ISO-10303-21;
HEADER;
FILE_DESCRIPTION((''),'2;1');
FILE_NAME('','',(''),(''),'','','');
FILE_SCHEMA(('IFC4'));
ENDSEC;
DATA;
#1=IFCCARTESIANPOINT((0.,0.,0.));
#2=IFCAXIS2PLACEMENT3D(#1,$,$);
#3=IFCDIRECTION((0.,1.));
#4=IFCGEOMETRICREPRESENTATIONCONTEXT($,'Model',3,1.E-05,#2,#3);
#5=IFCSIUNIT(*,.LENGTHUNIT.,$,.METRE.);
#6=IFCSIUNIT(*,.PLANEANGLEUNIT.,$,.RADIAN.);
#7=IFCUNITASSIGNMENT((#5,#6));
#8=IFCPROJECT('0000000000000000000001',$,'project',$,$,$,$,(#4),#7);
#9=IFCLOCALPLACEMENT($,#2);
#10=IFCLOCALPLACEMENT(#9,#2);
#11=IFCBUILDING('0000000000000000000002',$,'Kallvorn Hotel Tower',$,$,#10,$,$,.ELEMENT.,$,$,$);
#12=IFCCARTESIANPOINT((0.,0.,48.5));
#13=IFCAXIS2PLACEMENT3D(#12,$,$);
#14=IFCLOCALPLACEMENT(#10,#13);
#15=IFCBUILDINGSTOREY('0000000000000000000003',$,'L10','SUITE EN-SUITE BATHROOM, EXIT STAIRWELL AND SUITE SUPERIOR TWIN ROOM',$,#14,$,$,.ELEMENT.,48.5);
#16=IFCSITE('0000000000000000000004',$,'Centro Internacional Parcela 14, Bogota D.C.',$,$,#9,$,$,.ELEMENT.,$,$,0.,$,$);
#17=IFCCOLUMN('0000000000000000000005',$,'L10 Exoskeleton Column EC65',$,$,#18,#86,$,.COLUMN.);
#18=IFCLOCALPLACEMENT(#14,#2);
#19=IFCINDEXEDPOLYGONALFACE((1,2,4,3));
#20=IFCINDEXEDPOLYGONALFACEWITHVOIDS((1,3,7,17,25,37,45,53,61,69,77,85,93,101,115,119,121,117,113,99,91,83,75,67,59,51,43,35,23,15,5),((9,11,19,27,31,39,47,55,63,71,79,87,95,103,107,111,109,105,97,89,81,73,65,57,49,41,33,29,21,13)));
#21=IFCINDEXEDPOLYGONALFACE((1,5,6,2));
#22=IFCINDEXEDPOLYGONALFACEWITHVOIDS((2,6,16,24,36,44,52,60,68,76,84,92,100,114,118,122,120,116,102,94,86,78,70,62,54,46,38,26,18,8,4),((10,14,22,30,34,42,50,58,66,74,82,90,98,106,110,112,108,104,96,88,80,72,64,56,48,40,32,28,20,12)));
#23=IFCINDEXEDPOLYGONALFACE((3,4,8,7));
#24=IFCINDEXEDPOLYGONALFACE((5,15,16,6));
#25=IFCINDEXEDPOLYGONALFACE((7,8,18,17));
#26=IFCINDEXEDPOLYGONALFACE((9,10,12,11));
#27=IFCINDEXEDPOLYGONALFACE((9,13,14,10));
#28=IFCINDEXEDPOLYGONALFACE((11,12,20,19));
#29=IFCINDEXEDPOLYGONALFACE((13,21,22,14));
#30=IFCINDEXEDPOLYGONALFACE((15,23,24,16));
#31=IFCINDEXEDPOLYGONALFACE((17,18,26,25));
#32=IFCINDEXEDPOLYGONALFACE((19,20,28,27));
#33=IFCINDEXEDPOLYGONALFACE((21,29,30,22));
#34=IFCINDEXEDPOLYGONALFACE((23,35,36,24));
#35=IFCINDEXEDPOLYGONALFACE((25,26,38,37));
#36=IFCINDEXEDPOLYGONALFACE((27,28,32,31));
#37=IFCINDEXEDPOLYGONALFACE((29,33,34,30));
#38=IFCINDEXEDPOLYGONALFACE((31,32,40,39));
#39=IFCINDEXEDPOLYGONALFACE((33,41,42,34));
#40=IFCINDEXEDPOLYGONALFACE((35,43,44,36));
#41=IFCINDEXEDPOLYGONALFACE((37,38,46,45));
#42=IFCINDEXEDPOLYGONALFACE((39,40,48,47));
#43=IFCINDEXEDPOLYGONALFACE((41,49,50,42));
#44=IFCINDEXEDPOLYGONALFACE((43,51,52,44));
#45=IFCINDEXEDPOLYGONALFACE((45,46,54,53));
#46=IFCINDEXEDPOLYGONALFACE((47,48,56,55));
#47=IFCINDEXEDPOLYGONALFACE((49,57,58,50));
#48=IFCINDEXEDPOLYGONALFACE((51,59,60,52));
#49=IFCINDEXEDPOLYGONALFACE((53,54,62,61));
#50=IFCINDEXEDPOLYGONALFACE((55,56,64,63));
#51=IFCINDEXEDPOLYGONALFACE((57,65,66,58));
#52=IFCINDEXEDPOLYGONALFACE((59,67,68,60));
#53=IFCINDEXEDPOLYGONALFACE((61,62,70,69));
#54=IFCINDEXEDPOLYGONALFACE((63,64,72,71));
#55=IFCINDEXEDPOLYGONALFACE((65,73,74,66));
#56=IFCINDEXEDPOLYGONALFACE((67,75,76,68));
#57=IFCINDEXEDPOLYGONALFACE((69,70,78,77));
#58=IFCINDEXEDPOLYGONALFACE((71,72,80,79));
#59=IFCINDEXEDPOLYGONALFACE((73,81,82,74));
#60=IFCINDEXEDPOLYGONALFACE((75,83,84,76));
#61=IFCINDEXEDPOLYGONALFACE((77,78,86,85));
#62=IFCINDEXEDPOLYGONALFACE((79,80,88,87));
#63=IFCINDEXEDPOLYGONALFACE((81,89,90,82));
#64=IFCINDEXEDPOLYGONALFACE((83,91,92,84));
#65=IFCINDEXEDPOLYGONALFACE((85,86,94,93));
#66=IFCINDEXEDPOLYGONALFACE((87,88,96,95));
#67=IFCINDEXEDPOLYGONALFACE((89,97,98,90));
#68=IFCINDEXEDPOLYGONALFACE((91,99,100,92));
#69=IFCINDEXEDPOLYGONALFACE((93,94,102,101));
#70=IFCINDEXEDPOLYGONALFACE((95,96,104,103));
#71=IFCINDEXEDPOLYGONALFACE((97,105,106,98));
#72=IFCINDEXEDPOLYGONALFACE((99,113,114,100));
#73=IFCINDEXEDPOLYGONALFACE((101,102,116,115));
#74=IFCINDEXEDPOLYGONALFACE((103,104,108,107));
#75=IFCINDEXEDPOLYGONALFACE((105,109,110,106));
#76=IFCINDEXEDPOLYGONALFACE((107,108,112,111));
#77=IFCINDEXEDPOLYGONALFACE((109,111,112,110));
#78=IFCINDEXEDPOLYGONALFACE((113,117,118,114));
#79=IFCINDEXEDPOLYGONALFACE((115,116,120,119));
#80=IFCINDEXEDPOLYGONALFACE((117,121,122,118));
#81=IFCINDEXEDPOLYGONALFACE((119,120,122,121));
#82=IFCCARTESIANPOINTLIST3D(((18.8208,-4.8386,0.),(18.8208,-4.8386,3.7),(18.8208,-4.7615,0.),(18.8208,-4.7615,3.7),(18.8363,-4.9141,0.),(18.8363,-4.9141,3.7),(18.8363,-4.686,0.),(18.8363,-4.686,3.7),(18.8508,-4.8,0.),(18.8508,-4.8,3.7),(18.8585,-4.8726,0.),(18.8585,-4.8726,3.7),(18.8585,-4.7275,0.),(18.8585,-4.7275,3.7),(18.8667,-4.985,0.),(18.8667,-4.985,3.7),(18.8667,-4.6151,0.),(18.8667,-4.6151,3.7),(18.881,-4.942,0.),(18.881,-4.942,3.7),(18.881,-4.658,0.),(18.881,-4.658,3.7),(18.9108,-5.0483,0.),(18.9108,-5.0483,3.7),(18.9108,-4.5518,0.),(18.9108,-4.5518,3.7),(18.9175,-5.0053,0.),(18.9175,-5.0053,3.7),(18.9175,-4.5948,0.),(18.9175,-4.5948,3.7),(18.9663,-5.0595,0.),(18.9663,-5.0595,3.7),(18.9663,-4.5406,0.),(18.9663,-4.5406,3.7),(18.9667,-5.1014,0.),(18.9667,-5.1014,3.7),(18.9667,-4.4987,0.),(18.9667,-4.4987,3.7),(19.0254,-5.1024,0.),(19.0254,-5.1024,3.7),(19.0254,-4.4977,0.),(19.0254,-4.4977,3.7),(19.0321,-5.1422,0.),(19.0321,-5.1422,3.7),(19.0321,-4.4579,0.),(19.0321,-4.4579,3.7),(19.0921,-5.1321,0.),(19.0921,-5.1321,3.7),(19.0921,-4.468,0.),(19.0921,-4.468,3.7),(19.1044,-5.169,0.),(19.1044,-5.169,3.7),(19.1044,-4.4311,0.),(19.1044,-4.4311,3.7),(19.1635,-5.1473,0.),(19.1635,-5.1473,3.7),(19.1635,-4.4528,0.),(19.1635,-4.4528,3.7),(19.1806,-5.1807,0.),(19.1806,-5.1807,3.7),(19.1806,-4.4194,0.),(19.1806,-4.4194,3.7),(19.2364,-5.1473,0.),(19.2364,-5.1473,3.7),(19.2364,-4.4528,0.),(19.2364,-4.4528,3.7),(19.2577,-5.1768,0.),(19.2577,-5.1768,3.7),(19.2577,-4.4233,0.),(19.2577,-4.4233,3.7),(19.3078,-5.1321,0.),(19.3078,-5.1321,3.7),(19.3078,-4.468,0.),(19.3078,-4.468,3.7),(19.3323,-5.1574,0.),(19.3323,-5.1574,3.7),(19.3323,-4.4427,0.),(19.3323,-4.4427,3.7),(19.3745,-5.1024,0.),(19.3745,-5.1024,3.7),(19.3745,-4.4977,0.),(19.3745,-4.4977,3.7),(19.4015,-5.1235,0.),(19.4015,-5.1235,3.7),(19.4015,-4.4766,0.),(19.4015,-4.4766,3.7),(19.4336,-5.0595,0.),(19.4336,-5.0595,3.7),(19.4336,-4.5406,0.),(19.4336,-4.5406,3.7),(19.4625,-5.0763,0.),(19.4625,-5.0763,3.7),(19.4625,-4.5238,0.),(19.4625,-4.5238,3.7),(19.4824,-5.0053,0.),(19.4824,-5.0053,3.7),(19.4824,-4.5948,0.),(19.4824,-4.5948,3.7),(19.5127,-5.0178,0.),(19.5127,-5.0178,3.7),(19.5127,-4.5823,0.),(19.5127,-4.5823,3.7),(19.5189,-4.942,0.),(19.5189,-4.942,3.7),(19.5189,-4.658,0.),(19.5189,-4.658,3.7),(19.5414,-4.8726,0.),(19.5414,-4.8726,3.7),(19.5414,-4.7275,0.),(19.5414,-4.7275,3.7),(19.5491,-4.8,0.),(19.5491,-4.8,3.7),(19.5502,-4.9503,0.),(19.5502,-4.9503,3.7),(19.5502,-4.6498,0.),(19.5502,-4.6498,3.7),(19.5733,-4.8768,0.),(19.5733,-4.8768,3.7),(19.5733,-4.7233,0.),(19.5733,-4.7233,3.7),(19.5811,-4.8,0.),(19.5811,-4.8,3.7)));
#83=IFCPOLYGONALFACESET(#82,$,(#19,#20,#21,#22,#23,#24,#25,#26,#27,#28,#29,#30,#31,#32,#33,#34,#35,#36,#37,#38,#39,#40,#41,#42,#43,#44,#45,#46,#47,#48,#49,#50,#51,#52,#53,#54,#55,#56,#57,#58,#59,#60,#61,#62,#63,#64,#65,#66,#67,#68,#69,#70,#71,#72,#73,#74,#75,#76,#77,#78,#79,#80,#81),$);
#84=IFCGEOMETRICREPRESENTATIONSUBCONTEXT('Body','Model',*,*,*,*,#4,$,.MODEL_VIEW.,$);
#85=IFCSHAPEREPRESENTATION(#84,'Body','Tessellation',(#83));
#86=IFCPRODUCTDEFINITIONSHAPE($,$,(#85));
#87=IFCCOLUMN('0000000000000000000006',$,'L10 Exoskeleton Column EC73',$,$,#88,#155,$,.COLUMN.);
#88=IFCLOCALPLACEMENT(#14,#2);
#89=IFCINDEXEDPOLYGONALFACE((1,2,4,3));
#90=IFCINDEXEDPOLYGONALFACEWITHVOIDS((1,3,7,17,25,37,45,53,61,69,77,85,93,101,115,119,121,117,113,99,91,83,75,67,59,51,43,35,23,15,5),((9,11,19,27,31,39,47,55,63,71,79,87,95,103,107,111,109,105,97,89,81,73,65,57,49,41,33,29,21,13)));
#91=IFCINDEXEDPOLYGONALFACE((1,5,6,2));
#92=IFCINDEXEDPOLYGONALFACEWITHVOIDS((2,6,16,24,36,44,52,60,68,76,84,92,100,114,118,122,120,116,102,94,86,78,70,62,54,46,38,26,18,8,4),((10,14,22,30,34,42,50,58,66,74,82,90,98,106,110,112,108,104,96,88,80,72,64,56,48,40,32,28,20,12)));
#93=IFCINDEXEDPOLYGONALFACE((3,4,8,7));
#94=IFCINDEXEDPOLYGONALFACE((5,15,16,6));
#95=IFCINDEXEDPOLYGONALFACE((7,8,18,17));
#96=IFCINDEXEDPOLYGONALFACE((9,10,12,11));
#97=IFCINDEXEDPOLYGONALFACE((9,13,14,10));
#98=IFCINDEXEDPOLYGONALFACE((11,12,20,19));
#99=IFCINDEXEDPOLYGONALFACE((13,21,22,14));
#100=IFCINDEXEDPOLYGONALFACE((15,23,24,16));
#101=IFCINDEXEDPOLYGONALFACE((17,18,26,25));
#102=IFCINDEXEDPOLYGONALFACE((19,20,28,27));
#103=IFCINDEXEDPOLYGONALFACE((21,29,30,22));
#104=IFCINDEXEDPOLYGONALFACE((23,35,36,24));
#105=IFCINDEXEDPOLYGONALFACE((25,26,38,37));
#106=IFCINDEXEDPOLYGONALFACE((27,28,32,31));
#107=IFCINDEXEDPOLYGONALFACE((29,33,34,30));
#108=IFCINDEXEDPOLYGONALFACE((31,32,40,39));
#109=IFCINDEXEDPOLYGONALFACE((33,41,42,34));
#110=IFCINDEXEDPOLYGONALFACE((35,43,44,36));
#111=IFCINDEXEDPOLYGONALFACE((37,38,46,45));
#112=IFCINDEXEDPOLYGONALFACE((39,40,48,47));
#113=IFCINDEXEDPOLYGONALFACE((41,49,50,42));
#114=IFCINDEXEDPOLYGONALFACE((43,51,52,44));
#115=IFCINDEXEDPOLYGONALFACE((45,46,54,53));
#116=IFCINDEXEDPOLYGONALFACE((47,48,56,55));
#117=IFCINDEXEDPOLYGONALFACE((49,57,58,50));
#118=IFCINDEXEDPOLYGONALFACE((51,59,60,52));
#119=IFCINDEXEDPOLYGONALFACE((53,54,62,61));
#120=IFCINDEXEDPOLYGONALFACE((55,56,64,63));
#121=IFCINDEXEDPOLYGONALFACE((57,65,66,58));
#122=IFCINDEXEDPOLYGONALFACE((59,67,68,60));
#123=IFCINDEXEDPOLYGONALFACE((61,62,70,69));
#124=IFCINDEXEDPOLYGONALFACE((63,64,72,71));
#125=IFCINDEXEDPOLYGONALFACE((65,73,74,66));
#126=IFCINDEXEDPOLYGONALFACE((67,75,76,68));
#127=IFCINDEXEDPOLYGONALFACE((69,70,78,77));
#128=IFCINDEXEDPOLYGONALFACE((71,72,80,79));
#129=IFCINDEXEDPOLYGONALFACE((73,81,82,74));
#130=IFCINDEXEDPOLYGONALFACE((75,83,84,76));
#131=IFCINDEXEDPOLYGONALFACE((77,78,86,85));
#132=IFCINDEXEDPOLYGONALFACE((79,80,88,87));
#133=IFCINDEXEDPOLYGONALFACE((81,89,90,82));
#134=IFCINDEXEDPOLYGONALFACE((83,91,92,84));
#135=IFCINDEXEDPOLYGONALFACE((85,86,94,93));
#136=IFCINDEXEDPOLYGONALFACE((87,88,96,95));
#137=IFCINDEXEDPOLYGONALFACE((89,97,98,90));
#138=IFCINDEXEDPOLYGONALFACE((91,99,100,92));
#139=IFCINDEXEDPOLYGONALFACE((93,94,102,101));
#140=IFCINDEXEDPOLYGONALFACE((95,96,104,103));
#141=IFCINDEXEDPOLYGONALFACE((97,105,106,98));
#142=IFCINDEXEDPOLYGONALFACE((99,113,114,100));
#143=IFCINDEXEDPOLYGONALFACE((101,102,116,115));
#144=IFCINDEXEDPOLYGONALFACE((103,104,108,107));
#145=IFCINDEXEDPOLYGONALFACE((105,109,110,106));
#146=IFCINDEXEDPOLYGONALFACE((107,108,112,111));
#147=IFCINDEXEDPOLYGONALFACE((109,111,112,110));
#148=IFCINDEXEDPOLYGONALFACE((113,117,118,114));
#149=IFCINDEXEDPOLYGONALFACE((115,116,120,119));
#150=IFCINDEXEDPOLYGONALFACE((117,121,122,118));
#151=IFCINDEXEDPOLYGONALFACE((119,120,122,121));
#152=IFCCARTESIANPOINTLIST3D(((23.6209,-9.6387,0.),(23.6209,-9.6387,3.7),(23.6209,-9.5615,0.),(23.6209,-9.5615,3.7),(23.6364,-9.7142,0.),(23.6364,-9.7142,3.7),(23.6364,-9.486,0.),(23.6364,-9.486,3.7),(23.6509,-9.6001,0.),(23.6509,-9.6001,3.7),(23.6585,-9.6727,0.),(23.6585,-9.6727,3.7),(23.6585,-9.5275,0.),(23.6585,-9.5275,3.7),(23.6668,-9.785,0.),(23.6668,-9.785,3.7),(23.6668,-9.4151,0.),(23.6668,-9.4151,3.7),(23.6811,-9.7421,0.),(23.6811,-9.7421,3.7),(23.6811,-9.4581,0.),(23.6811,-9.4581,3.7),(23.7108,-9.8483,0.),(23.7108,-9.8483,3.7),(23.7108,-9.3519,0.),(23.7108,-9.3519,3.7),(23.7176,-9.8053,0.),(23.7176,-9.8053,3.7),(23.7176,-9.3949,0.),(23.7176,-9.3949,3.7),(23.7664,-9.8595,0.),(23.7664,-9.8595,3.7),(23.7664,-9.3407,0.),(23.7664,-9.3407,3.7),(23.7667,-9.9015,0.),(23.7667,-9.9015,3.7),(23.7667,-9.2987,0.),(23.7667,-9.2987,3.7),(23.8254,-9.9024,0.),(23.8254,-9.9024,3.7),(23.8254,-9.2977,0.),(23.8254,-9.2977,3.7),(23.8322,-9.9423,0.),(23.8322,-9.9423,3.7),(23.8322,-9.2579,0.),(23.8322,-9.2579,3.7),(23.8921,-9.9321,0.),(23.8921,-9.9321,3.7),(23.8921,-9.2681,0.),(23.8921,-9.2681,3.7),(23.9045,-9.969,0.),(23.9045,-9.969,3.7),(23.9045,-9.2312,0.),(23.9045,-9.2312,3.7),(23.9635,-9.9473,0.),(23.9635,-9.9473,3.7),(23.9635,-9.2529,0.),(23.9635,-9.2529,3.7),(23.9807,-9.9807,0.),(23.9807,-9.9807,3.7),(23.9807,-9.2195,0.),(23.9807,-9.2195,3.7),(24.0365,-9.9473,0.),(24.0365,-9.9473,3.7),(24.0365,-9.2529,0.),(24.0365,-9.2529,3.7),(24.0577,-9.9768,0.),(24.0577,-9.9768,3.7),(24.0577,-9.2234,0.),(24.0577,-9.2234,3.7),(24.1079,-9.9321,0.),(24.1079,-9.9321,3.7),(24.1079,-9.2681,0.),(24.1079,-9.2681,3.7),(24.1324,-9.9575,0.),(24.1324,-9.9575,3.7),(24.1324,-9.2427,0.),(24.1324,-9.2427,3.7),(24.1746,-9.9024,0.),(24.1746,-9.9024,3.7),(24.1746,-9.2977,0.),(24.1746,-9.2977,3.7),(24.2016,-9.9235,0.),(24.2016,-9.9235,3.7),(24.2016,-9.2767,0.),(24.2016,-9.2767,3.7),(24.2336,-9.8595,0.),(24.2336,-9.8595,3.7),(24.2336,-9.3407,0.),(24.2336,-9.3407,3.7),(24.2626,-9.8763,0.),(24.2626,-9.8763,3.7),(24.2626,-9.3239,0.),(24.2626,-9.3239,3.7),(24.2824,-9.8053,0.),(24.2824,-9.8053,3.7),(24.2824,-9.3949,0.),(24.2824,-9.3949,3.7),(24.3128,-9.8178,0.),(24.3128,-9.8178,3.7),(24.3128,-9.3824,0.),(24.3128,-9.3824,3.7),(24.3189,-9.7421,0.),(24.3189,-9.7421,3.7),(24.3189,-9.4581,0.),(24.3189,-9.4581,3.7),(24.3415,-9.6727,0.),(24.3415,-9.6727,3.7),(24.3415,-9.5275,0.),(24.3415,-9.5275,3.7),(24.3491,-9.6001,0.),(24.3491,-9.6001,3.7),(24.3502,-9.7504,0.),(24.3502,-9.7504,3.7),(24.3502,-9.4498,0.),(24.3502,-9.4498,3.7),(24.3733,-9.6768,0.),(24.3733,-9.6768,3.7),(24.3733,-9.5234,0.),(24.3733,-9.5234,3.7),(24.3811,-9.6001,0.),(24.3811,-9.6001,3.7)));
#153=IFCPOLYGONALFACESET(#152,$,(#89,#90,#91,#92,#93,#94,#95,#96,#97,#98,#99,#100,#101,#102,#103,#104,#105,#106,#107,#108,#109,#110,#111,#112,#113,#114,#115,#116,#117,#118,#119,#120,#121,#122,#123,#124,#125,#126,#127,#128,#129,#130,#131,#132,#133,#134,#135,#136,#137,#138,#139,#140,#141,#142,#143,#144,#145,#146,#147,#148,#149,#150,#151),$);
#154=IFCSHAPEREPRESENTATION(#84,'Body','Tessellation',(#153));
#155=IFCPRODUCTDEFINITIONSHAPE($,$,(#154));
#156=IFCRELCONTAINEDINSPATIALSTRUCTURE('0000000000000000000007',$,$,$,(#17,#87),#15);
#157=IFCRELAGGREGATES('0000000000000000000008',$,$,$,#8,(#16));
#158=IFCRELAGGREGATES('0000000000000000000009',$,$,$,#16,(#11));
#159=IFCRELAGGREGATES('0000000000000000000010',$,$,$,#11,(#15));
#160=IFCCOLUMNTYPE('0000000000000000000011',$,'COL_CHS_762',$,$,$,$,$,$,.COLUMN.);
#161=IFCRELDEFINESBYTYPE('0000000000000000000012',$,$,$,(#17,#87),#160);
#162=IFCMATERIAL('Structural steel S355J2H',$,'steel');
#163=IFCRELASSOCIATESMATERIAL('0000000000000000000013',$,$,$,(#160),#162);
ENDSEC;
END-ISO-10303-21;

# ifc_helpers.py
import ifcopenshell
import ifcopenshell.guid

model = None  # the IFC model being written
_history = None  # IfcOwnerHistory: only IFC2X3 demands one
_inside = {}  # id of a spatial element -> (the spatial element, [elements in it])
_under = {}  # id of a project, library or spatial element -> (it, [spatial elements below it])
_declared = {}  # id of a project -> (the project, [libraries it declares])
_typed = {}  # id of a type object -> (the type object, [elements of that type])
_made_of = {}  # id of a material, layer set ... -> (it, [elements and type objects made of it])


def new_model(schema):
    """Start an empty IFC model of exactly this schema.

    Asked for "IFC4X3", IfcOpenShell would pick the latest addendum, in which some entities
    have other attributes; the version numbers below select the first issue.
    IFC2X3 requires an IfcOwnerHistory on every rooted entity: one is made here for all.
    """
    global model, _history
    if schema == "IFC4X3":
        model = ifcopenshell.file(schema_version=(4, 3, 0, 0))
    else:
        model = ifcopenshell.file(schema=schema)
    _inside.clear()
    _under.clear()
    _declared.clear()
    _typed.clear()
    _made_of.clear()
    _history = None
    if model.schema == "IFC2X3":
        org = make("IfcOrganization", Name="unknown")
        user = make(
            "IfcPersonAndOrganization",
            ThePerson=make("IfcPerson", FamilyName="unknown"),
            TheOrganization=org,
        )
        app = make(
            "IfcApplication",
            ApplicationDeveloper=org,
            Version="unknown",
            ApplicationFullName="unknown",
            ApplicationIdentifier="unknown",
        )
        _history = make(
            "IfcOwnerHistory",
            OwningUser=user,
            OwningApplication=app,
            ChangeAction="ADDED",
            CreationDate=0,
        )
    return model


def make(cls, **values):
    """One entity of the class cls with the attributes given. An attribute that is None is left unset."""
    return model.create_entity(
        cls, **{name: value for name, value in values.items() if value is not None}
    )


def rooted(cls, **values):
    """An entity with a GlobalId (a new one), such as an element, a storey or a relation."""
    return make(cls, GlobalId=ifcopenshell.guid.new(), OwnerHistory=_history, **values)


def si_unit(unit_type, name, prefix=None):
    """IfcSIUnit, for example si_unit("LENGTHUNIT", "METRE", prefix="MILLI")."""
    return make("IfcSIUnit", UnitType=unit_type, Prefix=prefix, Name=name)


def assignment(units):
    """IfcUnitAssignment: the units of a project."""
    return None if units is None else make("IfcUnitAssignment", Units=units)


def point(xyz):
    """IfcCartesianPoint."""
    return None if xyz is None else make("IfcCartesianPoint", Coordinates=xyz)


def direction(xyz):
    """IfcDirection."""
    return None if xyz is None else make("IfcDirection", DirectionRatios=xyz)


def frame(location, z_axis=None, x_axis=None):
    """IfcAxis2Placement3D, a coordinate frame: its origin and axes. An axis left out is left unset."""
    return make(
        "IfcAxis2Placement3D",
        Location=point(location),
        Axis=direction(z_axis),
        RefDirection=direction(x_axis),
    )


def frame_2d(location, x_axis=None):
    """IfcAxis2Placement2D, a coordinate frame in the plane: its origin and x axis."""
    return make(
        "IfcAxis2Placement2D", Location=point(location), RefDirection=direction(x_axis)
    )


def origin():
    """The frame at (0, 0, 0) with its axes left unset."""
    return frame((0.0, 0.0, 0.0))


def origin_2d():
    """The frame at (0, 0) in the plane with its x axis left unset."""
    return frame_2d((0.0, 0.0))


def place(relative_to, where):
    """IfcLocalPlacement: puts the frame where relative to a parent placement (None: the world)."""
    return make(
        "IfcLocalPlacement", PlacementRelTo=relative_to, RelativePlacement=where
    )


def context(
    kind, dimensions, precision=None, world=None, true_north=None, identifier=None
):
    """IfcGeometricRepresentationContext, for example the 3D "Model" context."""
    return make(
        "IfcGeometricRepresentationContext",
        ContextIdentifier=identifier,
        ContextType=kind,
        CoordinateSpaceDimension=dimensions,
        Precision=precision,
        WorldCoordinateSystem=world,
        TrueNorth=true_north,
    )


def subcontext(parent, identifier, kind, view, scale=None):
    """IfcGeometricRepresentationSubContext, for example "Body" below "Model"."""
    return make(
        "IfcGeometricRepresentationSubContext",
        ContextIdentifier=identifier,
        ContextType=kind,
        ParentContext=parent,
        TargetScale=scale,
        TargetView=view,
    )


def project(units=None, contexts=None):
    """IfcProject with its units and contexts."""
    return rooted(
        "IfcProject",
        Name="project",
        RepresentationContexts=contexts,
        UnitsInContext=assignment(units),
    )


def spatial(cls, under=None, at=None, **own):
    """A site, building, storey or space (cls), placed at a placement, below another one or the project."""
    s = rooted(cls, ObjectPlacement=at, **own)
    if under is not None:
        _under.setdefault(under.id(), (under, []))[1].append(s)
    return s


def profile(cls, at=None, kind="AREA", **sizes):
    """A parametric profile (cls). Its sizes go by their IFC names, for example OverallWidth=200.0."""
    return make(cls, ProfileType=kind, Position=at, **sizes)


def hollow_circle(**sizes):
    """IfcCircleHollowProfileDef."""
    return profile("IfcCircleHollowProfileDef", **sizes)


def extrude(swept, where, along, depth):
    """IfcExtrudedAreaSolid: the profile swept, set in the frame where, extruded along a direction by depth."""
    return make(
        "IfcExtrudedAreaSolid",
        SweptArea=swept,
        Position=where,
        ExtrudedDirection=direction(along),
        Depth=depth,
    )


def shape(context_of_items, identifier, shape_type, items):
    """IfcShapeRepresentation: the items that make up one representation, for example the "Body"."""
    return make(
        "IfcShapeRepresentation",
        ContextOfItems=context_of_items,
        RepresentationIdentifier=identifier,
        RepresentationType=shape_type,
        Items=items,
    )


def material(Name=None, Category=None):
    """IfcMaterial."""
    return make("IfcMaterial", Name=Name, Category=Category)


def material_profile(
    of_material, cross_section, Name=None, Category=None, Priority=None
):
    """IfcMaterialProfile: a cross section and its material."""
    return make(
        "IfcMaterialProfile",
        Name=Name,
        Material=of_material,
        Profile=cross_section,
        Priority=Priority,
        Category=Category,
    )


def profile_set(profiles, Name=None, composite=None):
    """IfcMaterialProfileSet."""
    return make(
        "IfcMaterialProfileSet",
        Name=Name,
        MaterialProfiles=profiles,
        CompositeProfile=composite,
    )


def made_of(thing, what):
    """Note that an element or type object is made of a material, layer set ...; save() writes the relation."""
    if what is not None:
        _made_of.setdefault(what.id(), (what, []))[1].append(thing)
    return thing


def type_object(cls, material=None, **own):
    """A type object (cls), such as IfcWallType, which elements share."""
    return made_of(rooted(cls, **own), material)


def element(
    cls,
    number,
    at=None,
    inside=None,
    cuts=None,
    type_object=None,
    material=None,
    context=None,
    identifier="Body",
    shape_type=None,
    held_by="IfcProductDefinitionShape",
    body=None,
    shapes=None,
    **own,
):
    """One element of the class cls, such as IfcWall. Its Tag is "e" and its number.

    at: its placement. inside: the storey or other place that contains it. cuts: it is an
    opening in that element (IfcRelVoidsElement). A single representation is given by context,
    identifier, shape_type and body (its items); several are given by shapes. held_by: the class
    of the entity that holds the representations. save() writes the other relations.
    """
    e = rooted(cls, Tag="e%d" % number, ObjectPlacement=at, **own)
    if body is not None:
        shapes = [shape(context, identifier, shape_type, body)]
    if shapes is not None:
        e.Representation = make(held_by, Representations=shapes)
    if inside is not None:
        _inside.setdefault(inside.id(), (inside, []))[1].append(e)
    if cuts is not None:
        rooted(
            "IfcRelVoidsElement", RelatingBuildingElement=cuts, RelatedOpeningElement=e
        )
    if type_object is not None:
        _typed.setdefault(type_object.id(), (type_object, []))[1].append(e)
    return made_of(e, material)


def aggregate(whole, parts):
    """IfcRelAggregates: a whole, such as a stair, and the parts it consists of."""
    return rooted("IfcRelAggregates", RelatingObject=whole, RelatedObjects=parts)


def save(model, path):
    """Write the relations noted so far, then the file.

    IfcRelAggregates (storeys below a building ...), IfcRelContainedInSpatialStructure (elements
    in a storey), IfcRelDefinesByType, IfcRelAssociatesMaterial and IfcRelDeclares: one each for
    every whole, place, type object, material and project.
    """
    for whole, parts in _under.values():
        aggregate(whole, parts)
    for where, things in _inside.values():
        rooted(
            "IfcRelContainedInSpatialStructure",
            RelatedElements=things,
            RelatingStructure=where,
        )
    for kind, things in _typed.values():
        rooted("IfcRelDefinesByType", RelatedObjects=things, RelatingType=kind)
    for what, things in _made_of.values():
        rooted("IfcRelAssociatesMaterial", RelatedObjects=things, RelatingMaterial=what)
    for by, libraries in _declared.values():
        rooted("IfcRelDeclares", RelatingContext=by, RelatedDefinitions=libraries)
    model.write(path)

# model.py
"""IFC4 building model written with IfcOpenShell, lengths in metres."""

from ifc_helpers import new_model, si_unit, direction, frame, origin, origin_2d, place, context, subcontext, project, spatial, hollow_circle, extrude, material, material_profile, profile_set, type_object, element, save


model = new_model("IFC4")

# Units and contexts
model_context = context("Model", 3, precision=1e-05, world=origin(), true_north=direction((0.0, 1.0)))
body_context = subcontext(model_context, "Body", "Model", "MODEL_VIEW")
ifc_project = project(units=[si_unit("LENGTHUNIT", "METRE"), si_unit("PLANEANGLEUNIT", "RADIAN")], contexts=[model_context])

# Site, building, storey
site_placement = place(None, origin())
site = spatial("IfcSite", under=ifc_project, at=site_placement, Name="Centro Internacional Parcela 14, Bogota D.C.", CompositionType="ELEMENT", RefElevation=0.0)
building_placement = place(site_placement, origin())
building = spatial("IfcBuilding", under=site, at=building_placement, Name="Kallvorn Hotel Tower", CompositionType="ELEMENT")
storey_placement = place(building_placement, frame((0.0, 0.0, 48.5)))
storey = spatial("IfcBuildingStorey", under=building, at=storey_placement, Name="L10", Description="SUITE EN-SUITE BATHROOM, EXIT STAIRWELL AND SUITE SUPERIOR TWIN ROOM", CompositionType="ELEMENT", Elevation=48.5)

# Columns
ifc_material_1 = material(Name="Structural steel S355J2H", Category="steel")
ifc_material_profile_1 = material_profile(ifc_material_1, hollow_circle(Radius=0.3811, WallThickness=0.032, at=origin_2d()), Name="CHS 762x32")
ifc_profile_set_1 = profile_set([ifc_material_profile_1], Name="Structural steel S355J2H")
column_type_1 = type_object("IfcColumnType", Name="COL_CHS_762", PredefinedType="COLUMN", material=ifc_profile_set_1)
for number, where, z_axis, x_axis, name in (
    (1, (19.2, -4.8, 0.0), (0.0, 0.0, 1.0), (1.0, 0.0, 0.0), "L10 Exoskeleton Column EC65"),
    (2, (24.0, -9.6001, 0.0), (0.0, 0.0, 1.0), (1.0, 0.0, 0.0), "L10 Exoskeleton Column EC73"),
):
    element("IfcColumn", number, at=place(storey_placement, frame(where, z_axis=z_axis, x_axis=x_axis)), inside=storey, type_object=column_type_1, Name=name, PredefinedType="COLUMN", context=body_context, shape_type="SweptSolid", body=[
        extrude(hollow_circle(Radius=0.3811, WallThickness=0.032, at=origin_2d()), origin(), (0.0, 0.0, 1.0), 3.7),
    ])

save(model, "model.ifc")
